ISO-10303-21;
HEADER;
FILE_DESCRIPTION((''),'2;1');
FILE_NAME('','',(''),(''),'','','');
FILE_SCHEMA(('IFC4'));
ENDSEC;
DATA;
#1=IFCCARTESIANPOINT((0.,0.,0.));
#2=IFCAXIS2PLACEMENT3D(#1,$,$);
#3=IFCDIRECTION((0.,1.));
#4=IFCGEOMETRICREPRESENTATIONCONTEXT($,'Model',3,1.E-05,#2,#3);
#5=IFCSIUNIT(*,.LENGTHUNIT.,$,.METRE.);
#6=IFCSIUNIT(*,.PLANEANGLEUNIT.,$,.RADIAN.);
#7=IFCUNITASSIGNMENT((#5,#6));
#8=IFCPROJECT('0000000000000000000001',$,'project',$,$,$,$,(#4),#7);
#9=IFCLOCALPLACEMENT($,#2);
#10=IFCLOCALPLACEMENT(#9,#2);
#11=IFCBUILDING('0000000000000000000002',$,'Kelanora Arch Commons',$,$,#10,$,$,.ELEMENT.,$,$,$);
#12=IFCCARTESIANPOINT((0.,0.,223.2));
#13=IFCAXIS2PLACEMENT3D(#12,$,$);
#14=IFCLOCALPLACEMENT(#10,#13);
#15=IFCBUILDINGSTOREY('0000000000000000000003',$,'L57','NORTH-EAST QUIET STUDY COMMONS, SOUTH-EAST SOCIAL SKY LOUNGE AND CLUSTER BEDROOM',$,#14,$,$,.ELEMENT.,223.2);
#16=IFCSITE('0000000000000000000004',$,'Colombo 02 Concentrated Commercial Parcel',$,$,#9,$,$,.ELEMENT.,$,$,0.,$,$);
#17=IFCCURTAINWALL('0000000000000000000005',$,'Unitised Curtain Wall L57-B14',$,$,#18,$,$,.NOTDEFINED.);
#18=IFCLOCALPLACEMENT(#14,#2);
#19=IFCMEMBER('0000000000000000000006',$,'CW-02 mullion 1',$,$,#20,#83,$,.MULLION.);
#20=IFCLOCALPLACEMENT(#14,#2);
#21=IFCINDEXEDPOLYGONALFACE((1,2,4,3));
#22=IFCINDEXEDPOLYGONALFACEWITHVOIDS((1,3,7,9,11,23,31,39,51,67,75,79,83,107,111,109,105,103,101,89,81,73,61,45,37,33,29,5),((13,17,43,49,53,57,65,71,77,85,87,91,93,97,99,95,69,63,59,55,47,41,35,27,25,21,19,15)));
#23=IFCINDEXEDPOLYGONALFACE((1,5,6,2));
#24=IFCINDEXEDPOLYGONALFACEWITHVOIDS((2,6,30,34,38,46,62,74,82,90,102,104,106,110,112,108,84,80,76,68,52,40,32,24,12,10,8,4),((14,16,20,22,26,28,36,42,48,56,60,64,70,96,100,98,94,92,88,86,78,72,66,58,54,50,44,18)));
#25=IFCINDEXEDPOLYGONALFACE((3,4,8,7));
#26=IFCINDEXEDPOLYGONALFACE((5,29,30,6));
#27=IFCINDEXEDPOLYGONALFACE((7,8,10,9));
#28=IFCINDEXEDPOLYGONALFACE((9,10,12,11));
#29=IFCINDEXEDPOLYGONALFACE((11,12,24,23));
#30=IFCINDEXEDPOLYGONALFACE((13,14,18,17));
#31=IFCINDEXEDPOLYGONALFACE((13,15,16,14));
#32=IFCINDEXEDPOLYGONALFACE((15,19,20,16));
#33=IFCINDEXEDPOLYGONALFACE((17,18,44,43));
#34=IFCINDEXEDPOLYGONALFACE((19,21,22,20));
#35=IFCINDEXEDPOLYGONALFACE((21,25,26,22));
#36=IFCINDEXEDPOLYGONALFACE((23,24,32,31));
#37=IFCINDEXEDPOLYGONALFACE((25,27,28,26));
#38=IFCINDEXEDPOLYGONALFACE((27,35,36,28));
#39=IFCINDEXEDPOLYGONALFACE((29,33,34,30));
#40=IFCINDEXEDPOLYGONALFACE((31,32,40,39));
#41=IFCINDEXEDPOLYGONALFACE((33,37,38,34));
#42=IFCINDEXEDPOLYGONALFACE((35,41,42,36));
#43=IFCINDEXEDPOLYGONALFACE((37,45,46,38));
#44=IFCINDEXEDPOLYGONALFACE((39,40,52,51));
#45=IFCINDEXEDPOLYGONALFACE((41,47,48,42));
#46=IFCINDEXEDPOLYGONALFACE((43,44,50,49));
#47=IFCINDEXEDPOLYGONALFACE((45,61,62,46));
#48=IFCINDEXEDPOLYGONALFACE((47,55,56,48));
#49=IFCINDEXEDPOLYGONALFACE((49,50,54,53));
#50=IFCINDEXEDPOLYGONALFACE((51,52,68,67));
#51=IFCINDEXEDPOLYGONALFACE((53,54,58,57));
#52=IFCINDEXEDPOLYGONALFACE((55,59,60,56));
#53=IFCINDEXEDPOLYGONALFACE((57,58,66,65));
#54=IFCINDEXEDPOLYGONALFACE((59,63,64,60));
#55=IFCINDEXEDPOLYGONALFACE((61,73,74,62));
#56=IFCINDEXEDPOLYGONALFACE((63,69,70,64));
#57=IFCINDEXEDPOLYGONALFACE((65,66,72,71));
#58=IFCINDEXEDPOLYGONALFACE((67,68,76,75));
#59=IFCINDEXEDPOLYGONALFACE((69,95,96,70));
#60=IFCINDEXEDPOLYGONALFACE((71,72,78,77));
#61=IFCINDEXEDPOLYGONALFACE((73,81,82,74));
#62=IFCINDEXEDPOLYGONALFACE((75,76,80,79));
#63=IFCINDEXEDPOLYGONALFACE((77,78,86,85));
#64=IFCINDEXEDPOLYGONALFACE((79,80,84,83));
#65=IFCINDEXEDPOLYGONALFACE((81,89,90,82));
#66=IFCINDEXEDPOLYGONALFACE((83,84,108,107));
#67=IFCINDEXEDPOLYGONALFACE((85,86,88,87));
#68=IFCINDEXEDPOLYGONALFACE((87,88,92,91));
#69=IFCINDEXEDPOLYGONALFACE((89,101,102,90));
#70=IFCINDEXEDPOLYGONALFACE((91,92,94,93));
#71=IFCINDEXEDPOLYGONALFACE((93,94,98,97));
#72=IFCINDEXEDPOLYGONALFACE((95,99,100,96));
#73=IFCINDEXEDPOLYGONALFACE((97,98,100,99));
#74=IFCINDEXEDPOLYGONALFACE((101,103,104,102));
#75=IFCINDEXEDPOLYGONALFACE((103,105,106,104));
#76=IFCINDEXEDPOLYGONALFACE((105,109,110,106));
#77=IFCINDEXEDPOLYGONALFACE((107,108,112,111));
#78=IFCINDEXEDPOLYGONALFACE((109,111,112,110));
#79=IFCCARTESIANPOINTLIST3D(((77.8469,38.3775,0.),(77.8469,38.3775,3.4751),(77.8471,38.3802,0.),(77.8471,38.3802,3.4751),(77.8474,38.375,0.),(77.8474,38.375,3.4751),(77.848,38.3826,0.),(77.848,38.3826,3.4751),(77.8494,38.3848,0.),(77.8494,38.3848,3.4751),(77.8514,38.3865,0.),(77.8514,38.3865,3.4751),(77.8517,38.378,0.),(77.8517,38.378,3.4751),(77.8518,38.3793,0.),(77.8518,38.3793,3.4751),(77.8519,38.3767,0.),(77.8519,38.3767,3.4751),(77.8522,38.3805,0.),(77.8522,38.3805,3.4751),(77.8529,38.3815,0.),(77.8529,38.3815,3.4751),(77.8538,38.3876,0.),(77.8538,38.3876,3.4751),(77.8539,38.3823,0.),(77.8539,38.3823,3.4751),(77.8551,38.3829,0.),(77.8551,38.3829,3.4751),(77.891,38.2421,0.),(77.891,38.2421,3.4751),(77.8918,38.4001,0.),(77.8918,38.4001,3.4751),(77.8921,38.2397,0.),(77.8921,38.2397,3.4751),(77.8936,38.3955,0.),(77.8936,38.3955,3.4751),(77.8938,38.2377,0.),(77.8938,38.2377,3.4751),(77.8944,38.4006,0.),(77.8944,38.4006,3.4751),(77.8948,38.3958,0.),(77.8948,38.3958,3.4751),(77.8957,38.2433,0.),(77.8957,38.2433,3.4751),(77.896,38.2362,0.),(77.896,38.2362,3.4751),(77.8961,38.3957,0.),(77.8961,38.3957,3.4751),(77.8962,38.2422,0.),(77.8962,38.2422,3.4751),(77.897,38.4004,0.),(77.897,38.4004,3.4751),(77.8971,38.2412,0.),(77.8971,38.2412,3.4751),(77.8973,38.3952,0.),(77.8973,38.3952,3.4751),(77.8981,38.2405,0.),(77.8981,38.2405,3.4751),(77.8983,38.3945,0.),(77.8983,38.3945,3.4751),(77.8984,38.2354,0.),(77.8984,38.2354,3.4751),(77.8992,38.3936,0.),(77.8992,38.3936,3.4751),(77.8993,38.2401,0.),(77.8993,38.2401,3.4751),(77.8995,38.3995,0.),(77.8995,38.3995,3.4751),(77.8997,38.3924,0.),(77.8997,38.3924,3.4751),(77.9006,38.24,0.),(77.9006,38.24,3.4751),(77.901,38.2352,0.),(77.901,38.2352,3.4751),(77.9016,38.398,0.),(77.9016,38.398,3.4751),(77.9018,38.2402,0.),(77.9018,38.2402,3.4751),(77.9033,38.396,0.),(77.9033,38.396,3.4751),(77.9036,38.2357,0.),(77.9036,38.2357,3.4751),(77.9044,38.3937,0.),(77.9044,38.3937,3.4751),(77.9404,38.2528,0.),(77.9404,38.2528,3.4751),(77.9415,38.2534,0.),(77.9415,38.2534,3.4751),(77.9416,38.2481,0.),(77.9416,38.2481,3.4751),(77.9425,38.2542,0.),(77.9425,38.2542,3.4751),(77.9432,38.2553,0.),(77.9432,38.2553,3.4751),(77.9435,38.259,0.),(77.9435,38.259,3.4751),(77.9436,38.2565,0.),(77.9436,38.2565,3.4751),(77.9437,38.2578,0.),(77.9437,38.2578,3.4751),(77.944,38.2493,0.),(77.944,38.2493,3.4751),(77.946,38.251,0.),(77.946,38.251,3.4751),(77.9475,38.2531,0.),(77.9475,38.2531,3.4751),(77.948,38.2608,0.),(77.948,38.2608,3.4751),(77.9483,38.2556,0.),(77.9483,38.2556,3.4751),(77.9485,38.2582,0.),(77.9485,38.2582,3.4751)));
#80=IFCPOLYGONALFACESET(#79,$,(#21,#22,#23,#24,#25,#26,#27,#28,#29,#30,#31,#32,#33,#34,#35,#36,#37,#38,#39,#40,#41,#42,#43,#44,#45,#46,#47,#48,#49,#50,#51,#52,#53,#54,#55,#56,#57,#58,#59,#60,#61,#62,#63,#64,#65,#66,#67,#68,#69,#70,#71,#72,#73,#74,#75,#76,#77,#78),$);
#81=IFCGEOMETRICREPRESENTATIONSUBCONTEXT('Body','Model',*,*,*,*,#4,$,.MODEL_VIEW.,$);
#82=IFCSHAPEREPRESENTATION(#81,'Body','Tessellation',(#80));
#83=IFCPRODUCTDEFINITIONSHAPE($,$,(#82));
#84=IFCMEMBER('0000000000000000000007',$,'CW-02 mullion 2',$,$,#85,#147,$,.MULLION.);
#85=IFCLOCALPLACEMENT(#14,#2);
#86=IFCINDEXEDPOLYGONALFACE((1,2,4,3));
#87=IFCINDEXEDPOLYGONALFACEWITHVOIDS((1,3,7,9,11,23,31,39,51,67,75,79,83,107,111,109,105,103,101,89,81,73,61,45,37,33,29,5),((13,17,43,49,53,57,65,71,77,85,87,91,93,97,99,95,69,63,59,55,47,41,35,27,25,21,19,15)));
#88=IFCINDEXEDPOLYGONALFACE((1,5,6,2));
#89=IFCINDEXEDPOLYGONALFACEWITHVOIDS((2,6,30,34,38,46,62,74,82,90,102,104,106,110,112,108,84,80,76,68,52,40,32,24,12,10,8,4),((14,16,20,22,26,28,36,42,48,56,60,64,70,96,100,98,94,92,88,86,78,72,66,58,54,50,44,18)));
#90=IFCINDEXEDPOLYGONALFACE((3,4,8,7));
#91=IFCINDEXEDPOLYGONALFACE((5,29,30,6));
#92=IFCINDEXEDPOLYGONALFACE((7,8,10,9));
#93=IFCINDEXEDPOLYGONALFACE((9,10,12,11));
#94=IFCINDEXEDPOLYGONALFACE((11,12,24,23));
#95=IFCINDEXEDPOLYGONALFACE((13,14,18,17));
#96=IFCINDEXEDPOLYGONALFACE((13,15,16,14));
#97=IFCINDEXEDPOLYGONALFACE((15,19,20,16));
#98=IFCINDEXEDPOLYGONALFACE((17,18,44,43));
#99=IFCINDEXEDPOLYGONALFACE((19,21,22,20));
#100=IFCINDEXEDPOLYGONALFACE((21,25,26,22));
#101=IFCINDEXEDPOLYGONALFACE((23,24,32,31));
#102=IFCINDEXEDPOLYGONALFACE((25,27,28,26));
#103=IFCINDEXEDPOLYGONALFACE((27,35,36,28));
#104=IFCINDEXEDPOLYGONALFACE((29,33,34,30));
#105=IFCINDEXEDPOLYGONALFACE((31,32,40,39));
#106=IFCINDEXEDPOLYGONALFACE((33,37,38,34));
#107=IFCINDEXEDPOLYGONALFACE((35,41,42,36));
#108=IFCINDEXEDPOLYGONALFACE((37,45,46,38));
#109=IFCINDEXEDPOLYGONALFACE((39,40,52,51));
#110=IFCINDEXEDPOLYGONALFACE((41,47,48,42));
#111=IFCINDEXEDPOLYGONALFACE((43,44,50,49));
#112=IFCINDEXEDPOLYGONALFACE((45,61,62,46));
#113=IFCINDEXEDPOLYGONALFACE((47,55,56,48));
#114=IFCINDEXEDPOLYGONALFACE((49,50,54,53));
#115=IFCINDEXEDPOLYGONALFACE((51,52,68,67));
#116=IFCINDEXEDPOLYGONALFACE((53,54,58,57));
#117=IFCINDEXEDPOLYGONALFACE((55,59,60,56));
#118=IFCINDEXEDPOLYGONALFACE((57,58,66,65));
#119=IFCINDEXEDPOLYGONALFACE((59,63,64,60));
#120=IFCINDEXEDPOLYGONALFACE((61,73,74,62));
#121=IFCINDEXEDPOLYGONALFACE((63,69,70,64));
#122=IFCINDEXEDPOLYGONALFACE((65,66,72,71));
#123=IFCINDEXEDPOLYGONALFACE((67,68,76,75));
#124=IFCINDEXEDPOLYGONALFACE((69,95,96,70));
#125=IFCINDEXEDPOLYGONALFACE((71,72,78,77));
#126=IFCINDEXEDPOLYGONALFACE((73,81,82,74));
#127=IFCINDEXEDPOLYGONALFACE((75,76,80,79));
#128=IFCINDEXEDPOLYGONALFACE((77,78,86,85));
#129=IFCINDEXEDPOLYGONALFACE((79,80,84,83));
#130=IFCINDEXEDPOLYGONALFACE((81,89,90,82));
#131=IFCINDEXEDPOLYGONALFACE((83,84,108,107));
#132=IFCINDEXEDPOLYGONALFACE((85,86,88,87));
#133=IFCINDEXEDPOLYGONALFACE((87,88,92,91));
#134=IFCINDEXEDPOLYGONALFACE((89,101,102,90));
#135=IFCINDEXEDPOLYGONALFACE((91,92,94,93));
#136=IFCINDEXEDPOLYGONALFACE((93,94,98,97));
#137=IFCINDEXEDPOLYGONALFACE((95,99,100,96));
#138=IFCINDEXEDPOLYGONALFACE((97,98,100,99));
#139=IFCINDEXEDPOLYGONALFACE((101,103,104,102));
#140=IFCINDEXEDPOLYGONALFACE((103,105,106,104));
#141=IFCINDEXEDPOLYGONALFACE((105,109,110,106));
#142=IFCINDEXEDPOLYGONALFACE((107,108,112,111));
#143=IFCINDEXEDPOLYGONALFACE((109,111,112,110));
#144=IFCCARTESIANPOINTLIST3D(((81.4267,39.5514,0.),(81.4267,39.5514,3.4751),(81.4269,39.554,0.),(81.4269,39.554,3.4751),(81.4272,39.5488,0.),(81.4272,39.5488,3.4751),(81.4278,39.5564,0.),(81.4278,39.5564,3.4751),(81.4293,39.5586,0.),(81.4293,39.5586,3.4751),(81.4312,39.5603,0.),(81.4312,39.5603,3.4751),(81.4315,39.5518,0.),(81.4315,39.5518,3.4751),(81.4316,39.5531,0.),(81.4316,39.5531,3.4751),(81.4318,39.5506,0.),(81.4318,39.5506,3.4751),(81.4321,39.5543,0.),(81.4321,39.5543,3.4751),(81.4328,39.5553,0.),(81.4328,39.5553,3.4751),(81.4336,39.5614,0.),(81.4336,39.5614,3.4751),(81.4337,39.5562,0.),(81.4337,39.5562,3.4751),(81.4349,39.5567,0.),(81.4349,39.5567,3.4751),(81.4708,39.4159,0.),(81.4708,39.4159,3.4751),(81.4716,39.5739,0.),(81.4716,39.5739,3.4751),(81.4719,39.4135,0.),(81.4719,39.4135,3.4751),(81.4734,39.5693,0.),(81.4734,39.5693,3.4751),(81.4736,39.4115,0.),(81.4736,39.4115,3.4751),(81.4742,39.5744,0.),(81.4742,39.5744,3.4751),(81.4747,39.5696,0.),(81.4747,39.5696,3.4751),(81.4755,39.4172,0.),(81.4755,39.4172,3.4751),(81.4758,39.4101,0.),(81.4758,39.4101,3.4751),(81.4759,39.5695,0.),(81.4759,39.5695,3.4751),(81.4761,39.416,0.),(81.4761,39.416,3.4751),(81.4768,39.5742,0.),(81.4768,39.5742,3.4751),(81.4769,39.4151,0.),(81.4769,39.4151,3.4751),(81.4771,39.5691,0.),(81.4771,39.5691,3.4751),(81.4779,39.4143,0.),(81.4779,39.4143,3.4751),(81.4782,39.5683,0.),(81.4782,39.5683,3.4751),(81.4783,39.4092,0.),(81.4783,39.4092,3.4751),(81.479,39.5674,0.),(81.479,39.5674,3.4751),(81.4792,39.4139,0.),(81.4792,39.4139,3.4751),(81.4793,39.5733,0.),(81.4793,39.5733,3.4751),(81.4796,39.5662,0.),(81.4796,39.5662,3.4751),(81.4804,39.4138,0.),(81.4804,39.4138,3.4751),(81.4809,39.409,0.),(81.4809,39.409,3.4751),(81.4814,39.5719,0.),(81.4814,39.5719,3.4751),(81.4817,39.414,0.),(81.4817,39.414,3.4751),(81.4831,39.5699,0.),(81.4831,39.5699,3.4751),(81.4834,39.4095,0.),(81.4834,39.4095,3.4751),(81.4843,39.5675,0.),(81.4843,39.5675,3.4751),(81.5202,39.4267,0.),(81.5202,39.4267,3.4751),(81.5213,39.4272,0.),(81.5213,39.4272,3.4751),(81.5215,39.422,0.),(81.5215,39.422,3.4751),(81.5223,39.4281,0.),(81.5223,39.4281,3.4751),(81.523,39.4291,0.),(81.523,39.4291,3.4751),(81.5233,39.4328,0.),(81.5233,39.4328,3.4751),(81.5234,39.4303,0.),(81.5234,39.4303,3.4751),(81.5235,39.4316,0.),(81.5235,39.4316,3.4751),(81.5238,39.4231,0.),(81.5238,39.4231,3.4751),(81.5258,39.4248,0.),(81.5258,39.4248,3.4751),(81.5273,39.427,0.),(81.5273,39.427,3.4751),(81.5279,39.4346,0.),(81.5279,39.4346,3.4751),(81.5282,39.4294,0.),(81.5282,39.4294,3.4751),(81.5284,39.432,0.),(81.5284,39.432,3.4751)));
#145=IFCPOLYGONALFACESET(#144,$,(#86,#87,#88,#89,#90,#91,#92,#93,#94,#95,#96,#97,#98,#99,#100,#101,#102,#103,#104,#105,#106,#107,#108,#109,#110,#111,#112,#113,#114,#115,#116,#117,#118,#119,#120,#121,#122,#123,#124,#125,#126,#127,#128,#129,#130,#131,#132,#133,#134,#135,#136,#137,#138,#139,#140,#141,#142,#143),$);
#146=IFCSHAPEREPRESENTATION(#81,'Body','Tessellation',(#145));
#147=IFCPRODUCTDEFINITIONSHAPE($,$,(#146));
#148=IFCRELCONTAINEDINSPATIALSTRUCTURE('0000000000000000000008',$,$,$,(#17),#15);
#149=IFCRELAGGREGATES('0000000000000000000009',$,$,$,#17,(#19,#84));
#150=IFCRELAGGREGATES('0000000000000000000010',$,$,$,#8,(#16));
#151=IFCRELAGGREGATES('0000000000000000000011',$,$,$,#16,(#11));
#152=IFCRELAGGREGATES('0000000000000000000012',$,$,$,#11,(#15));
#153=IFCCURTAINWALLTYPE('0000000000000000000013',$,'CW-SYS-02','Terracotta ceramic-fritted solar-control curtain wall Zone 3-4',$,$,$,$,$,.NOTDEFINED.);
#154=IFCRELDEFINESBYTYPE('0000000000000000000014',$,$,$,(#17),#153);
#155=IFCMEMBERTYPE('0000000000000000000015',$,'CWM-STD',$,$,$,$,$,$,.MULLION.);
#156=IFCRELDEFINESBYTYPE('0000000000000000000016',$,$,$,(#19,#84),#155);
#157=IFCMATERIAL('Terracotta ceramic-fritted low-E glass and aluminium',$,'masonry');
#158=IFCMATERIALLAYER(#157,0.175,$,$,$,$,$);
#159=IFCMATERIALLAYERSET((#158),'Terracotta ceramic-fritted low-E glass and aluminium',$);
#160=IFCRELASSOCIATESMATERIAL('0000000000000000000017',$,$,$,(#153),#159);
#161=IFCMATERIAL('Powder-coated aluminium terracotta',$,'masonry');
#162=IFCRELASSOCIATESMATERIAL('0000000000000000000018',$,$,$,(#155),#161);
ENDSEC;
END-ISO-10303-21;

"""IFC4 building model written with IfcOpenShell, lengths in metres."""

from ifc_helpers import new_model, si_unit, direction, frame, origin, origin_2d, place, context, subcontext, project, spatial, hollow_rectangle, extrude, material, layer, layer_set, material_profile, profile_set, type_object, element, aggregate, save


model = new_model("IFC4")

# Units and contexts
model_context = context("Model", 3, precision=1e-05, world=origin(), true_north=direction((0.0, 1.0)))
body_context = subcontext(model_context, "Body", "Model", "MODEL_VIEW")
ifc_project = project(units=[si_unit("LENGTHUNIT", "METRE"), si_unit("PLANEANGLEUNIT", "RADIAN")], contexts=[model_context])

# Site, building, storey
site_placement = place(None, origin())
site = spatial("IfcSite", under=ifc_project, at=site_placement, Name="Colombo 02 Concentrated Commercial Parcel", CompositionType="ELEMENT", RefElevation=0.0)
building_placement = place(site_placement, origin())
building = spatial("IfcBuilding", under=site, at=building_placement, Name="Kelanora Arch Commons", CompositionType="ELEMENT")
storey_placement = place(building_placement, frame((0.0, 0.0, 223.2)))
storey = spatial("IfcBuildingStorey", under=building, at=storey_placement, Name="L57", Description="NORTH-EAST QUIET STUDY COMMONS, SOUTH-EAST SOCIAL SKY LOUNGE AND CLUSTER BEDROOM", CompositionType="ELEMENT", Elevation=223.2)

# Curtain wall, members
ifc_material_1 = material(Name="Terracotta ceramic-fritted low-E glass and aluminium", Category="masonry")
ifc_layer_1 = layer(ifc_material_1, 0.175)
ifc_layer_set_1 = layer_set([ifc_layer_1], Name="Terracotta ceramic-fritted low-E glass and aluminium")
curtain_wall_type = type_object("IfcCurtainWallType", Name="CW-SYS-02", Description="Terracotta ceramic-fritted solar-control curtain wall Zone 3-4", PredefinedType="NOTDEFINED", material=ifc_layer_set_1)
curtain_wall_placement = place(storey_placement, origin())
curtain_wall = element("IfcCurtainWall", 1, at=curtain_wall_placement, inside=storey, type_object=curtain_wall_type, Name="Unitised Curtain Wall L57-B14", PredefinedType="NOTDEFINED")
ifc_material_2 = material(Name="Powder-coated aluminium terracotta", Category="masonry")
ifc_material_profile_1 = material_profile(ifc_material_2, hollow_rectangle(XDim=0.1599, YDim=0.0601, WallThickness=0.0049, InnerFilletRadius=0.0049, OuterFilletRadius=0.01, at=origin_2d()), Name="CWM160x60")
ifc_profile_set_1 = profile_set([ifc_material_profile_1], Name="Powder-coated aluminium terracotta")
member_type_1 = type_object("IfcMemberType", Name="CWM-STD", PredefinedType="MULLION", material=ifc_profile_set_1)
member_1_placement = place(storey_placement, frame((77.8977, 38.3179, 0.0), z_axis=(0.0, 0.0, 1.0), x_axis=(-0.311582, 0.950219, 0.0)))
member_1 = element("IfcMember", 2, at=member_1_placement, type_object=member_type_1, Name="CW-02 mullion 1", PredefinedType="MULLION", context=body_context, shape_type="SweptSolid", body=[
    extrude(hollow_rectangle(XDim=0.1599, YDim=0.0601, WallThickness=0.0049, InnerFilletRadius=0.0049, OuterFilletRadius=0.01, at=origin_2d()), origin(), (0.0, 0.0, 1.0), 3.4751),
])
member_2_placement = place(storey_placement, frame((81.4775, 39.4917, 0.0), z_axis=(0.0, 0.0, 1.0), x_axis=(-0.311582, 0.950219, 0.0)))
member_2 = element("IfcMember", 3, at=member_2_placement, type_object=member_type_1, Name="CW-02 mullion 2", PredefinedType="MULLION", context=body_context, shape_type="SweptSolid", body=[
    extrude(hollow_rectangle(XDim=0.1599, YDim=0.0601, WallThickness=0.0049, InnerFilletRadius=0.0049, OuterFilletRadius=0.01, at=origin_2d()), origin(), (0.0, 0.0, 1.0), 3.4751),
])
aggregate(curtain_wall, [member_1, member_2])

save(model, "model.ifc")
